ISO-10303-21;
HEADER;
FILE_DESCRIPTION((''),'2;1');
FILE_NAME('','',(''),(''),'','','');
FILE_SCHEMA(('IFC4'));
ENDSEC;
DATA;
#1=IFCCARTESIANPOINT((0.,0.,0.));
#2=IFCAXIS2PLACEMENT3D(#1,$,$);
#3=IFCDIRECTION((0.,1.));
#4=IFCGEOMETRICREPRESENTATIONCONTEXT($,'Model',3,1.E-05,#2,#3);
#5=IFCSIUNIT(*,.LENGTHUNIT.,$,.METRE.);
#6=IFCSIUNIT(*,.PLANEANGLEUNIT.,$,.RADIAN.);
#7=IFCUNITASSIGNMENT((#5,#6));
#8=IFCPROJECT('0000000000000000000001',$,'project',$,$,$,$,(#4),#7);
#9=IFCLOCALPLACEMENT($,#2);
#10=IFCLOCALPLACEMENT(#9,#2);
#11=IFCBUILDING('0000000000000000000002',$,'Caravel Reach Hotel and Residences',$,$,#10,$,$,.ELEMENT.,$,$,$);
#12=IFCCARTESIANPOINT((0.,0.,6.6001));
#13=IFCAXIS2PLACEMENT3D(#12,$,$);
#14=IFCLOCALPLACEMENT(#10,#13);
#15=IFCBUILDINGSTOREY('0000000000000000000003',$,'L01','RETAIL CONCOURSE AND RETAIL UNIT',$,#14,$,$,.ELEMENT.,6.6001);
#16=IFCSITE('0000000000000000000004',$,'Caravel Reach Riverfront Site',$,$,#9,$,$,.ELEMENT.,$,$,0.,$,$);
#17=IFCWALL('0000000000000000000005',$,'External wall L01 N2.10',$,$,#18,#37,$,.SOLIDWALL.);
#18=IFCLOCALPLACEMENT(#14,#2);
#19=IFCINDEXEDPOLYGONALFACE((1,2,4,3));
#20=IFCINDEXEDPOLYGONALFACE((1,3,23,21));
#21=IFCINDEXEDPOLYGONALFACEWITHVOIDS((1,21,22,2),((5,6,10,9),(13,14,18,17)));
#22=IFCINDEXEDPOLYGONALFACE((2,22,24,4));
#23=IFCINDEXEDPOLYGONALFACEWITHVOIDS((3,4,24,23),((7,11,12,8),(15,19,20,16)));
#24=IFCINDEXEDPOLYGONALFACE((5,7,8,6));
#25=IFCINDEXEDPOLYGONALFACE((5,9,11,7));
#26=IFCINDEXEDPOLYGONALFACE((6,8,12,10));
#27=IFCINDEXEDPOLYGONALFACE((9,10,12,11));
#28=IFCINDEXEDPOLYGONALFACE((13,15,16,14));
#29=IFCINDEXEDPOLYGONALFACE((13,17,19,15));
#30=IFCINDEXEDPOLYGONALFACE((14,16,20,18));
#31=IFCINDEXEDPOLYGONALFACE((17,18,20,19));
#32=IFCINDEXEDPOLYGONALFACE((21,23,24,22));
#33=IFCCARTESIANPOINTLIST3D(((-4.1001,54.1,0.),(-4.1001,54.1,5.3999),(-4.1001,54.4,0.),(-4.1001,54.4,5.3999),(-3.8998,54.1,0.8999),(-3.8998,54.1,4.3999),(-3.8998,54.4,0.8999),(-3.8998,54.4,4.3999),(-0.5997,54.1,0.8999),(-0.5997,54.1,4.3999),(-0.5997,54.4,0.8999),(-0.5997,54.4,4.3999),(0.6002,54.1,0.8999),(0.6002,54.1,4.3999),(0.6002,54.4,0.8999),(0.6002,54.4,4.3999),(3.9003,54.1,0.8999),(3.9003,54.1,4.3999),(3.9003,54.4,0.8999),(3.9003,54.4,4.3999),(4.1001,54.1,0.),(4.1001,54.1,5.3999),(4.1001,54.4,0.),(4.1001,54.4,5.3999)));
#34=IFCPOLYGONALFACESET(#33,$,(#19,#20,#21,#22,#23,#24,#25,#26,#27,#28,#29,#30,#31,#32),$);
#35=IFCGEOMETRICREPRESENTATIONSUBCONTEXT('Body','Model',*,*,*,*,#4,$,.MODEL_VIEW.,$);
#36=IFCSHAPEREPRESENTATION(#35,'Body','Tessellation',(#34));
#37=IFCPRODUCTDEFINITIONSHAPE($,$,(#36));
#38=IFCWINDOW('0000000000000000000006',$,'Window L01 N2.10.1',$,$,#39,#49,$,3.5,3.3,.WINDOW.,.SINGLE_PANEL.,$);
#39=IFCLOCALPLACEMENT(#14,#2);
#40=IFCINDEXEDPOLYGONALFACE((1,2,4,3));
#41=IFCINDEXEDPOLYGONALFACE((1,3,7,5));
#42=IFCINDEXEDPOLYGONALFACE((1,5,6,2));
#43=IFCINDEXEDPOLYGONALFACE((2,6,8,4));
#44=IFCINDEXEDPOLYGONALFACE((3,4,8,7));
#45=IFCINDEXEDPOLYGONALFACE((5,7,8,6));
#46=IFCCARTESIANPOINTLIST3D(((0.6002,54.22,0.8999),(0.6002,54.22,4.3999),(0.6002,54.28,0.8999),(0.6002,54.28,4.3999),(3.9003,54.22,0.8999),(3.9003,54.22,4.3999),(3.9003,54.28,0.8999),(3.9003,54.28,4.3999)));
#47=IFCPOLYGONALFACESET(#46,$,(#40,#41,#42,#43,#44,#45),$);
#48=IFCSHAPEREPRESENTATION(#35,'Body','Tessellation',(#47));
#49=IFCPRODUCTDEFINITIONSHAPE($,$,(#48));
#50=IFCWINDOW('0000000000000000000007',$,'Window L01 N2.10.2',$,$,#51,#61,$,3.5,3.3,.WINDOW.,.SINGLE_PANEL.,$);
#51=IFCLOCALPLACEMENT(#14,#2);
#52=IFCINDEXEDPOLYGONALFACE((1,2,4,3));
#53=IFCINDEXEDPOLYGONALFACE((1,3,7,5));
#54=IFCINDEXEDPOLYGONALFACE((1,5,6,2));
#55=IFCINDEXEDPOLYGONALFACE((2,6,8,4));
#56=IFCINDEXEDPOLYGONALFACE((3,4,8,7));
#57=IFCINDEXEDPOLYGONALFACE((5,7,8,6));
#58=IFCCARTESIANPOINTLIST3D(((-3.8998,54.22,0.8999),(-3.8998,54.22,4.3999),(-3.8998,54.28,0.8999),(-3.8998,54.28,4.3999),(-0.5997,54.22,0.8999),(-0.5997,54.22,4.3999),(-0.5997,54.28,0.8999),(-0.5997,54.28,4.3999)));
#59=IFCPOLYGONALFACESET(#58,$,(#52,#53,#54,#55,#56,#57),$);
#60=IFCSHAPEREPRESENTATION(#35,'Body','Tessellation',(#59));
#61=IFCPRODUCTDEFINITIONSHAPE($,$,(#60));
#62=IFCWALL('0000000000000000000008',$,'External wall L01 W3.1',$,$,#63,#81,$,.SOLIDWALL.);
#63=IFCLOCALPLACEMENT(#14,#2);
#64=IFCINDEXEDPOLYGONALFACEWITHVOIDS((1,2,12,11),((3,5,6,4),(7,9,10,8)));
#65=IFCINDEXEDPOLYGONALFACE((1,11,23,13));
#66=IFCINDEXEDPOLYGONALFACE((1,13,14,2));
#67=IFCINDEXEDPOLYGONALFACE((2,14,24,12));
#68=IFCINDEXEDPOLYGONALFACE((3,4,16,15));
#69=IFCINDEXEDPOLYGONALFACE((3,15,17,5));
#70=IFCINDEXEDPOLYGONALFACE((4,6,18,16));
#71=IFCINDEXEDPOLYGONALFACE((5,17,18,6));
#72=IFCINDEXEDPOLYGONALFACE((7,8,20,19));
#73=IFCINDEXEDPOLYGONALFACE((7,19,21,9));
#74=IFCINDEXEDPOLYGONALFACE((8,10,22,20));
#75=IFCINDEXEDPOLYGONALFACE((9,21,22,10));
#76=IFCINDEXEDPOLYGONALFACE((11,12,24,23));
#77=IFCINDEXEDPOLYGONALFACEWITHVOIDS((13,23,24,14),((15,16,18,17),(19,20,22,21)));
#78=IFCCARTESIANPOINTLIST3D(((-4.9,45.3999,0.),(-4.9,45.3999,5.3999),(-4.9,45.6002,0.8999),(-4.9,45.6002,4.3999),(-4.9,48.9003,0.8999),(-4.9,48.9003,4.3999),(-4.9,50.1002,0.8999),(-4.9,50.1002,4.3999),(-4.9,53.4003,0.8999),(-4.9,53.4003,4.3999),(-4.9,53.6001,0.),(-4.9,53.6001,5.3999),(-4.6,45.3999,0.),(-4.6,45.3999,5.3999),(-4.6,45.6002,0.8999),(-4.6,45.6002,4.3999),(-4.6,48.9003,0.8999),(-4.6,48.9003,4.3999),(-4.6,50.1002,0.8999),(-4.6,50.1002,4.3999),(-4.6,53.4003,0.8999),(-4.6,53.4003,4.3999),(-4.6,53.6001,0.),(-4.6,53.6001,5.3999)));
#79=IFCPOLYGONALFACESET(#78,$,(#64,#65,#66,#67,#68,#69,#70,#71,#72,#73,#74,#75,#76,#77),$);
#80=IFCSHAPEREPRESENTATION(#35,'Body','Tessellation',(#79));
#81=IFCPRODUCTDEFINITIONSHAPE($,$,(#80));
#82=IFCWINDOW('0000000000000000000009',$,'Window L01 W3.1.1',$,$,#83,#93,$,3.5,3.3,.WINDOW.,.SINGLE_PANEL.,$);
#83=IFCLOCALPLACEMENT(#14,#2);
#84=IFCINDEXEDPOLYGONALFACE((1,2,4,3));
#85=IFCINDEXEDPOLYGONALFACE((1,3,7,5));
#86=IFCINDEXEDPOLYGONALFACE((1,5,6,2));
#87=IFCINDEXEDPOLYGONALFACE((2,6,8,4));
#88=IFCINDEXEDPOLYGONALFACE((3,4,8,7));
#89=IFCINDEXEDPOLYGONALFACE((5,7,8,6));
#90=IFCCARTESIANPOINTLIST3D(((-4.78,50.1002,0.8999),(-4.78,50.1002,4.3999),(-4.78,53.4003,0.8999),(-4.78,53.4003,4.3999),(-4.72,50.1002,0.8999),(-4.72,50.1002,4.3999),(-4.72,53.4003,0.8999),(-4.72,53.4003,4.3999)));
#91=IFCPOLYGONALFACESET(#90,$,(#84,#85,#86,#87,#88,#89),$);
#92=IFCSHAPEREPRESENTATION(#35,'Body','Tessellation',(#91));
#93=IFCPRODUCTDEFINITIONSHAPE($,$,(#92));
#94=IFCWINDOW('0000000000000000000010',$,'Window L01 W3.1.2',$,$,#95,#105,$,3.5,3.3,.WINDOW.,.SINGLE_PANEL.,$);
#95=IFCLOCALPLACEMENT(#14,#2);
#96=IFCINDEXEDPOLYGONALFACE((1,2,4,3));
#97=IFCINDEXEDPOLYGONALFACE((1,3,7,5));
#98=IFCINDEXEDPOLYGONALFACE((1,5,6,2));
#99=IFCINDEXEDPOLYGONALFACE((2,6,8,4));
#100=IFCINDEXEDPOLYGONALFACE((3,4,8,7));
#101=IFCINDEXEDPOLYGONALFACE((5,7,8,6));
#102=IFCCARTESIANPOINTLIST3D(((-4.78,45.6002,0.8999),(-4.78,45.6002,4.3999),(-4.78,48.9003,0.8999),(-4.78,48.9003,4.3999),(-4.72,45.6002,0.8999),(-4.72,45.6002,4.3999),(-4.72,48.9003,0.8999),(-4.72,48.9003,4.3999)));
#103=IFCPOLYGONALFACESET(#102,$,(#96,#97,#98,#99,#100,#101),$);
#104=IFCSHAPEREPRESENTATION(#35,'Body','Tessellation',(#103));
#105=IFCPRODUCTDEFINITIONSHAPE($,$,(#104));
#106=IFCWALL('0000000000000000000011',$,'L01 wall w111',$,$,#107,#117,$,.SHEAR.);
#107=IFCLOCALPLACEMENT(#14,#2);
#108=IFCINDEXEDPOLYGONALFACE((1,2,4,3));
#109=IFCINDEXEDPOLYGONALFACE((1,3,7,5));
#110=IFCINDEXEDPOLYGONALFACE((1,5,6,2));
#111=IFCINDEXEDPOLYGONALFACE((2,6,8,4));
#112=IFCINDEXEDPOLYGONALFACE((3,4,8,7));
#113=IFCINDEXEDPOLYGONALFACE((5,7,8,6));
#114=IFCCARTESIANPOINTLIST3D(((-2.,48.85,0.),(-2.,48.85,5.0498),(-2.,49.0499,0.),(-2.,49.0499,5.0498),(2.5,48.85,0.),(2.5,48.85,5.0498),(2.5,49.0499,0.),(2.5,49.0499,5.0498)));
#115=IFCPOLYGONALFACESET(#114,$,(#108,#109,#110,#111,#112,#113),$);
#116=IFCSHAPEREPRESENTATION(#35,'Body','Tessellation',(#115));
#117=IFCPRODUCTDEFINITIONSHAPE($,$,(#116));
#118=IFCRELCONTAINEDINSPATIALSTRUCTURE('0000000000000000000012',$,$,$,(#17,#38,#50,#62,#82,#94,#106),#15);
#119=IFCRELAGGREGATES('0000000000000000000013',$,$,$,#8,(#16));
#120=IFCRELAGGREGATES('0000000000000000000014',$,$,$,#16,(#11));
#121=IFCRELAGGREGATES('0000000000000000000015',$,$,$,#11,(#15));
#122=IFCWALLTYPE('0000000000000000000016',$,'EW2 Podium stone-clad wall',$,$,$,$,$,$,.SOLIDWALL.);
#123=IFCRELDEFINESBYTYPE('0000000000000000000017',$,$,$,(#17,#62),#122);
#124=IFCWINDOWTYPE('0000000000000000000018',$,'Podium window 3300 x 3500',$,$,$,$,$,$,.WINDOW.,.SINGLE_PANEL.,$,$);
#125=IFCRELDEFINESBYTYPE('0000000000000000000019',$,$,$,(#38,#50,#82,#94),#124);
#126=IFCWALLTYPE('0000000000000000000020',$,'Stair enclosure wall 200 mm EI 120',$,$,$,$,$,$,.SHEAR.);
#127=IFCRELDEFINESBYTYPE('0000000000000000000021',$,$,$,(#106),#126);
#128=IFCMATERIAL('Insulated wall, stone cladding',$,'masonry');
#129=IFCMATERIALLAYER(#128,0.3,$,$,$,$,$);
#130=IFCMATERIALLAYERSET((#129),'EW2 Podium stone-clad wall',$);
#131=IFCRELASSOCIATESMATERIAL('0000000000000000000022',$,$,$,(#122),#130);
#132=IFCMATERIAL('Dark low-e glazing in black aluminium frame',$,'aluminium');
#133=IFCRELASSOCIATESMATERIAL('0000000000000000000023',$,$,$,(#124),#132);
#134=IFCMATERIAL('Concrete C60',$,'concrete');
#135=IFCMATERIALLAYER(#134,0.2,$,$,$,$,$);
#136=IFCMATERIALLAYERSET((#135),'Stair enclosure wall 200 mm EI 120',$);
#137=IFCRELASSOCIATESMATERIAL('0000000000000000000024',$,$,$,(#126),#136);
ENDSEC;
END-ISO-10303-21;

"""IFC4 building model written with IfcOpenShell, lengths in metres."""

from ifc_helpers import new_model, si_unit, direction, frame, frame_2d, origin, place, context, subcontext, project, spatial, rectangle, extrude, material, layer, layer_set, type_object, element, fill, save


model = new_model("IFC4")

# Units and contexts
model_context = context("Model", 3, precision=1e-05, world=origin(), true_north=direction((0.0, 1.0)))
body_context = subcontext(model_context, "Body", "Model", "MODEL_VIEW")
ifc_project = project(units=[si_unit("LENGTHUNIT", "METRE"), si_unit("PLANEANGLEUNIT", "RADIAN")], contexts=[model_context])

# Site, building, storey
site_placement = place(None, origin())
site = spatial("IfcSite", under=ifc_project, at=site_placement, Name="Caravel Reach Riverfront Site", CompositionType="ELEMENT", RefElevation=0.0)
building_placement = place(site_placement, origin())
building = spatial("IfcBuilding", under=site, at=building_placement, Name="Caravel Reach Hotel and Residences", CompositionType="ELEMENT")
storey_placement = place(building_placement, frame((0.0, 0.0, 6.6001)))
storey = spatial("IfcBuildingStorey", under=building, at=storey_placement, Name="L01", Description="RETAIL CONCOURSE AND RETAIL UNIT", CompositionType="ELEMENT", Elevation=6.6001)

# Walls, openings, windows
ifc_material_1 = material(Name="Insulated wall, stone cladding", Category="masonry")
ifc_layer_1 = layer(ifc_material_1, 0.3)
ifc_layer_set_1 = layer_set([ifc_layer_1], Name="EW2 Podium stone-clad wall")
wall_type_1 = type_object("IfcWallType", Name="EW2 Podium stone-clad wall", PredefinedType="SOLIDWALL", material=ifc_layer_set_1)
wall_1_placement = place(storey_placement, frame((4.1001, 54.25, 0.0), z_axis=(0.0, 0.0, 1.0), x_axis=(-1.0, 0.0, 0.0)))
wall_1 = element("IfcWall", 1, at=wall_1_placement, inside=storey, type_object=wall_type_1, Name="External wall L01 N2.10", PredefinedType="SOLIDWALL", context=body_context, shape_type="SweptSolid", body=[
    extrude(rectangle(XDim=8.2002, YDim=0.3, at=frame_2d((4.1001, 0.0))), origin(), (0.0, 0.0, 1.0), 5.3999),
])
opening_1_placement = place(wall_1_placement, frame((0.2, 0.0, 0.8999)))
opening_1 = element("IfcOpeningElement", 2, at=opening_1_placement, cuts=wall_1, PredefinedType="OPENING", context=body_context, shape_type="SweptSolid", body=[
    extrude(rectangle(XDim=3.3, YDim=3.5, at=frame_2d((1.6499, 1.75))), frame((0.0, 0.1599, 0.0), z_axis=(0.0, -1.0, 0.0), x_axis=(1.0, 0.0, 0.0)), (0.0, 0.0, 1.0), 0.3201),
])
opening_2_placement = place(wall_1_placement, frame((4.7, 0.0, 0.8999)))
opening_2 = element("IfcOpeningElement", 3, at=opening_2_placement, cuts=wall_1, PredefinedType="OPENING", context=body_context, shape_type="SweptSolid", body=[
    extrude(rectangle(XDim=3.3, YDim=3.5, at=frame_2d((1.6499, 1.75))), frame((0.0, 0.1599, 0.0), z_axis=(0.0, -1.0, 0.0), x_axis=(1.0, 0.0, 0.0)), (0.0, 0.0, 1.0), 0.3201),
])
ifc_material_2 = material(Name="Dark low-e glazing in black aluminium frame", Category="aluminium")
window_type = type_object("IfcWindowType", Name="Podium window 3300 x 3500", PartitioningType="SINGLE_PANEL", PredefinedType="WINDOW", material=ifc_material_2)
window_1_placement = place(opening_1_placement, origin())
window_1 = element("IfcWindow", 4, at=window_1_placement, inside=storey, type_object=window_type, Name="Window L01 N2.10.1", OverallHeight=3.5, OverallWidth=3.3, PartitioningType="SINGLE_PANEL", PredefinedType="WINDOW", context=body_context, shape_type="SweptSolid", body=[
    extrude(rectangle(XDim=3.3, YDim=3.5, at=frame_2d((1.6499, 1.75))), frame((0.0, 0.03, 0.0), z_axis=(0.0, -1.0, 0.0), x_axis=(1.0, 0.0, 0.0)), (0.0, 0.0, 1.0), 0.0601),
])
fill(opening_1, window_1)
window_2_placement = place(opening_2_placement, origin())
window_2 = element("IfcWindow", 5, at=window_2_placement, inside=storey, type_object=window_type, Name="Window L01 N2.10.2", OverallHeight=3.5, OverallWidth=3.3, PartitioningType="SINGLE_PANEL", PredefinedType="WINDOW", context=body_context, shape_type="SweptSolid", body=[
    extrude(rectangle(XDim=3.3, YDim=3.5, at=frame_2d((1.6499, 1.75))), frame((0.0, 0.03, 0.0), z_axis=(0.0, -1.0, 0.0), x_axis=(1.0, 0.0, 0.0)), (0.0, 0.0, 1.0), 0.0601),
])
fill(opening_2, window_2)
wall_2_placement = place(storey_placement, frame((-4.75, 53.6001, 0.0), z_axis=(0.0, 0.0, 1.0), x_axis=(0.0, -1.0, 0.0)))
wall_2 = element("IfcWall", 6, at=wall_2_placement, inside=storey, type_object=wall_type_1, Name="External wall L01 W3.1", PredefinedType="SOLIDWALL", context=body_context, shape_type="SweptSolid", body=[
    extrude(rectangle(XDim=8.2002, YDim=0.3, at=frame_2d((4.1001, 0.0))), origin(), (0.0, 0.0, 1.0), 5.3999),
])
opening_3_placement = place(wall_2_placement, frame((0.2, 0.0, 0.8999)))
opening_3 = element("IfcOpeningElement", 7, at=opening_3_placement, cuts=wall_2, PredefinedType="OPENING", context=body_context, shape_type="SweptSolid", body=[
    extrude(rectangle(XDim=3.3, YDim=3.5, at=frame_2d((1.6499, 1.75))), frame((0.0, 0.1599, 0.0), z_axis=(0.0, -1.0, 0.0), x_axis=(1.0, 0.0, 0.0)), (0.0, 0.0, 1.0), 0.3201),
])
opening_4_placement = place(wall_2_placement, frame((4.7, 0.0, 0.8999)))
opening_4 = element("IfcOpeningElement", 8, at=opening_4_placement, cuts=wall_2, PredefinedType="OPENING", context=body_context, shape_type="SweptSolid", body=[
    extrude(rectangle(XDim=3.3, YDim=3.5, at=frame_2d((1.6499, 1.75))), frame((0.0, 0.1599, 0.0), z_axis=(0.0, -1.0, 0.0), x_axis=(1.0, 0.0, 0.0)), (0.0, 0.0, 1.0), 0.3201),
])
window_3_placement = place(opening_3_placement, origin())
window_3 = element("IfcWindow", 9, at=window_3_placement, inside=storey, type_object=window_type, Name="Window L01 W3.1.1", OverallHeight=3.5, OverallWidth=3.3, PartitioningType="SINGLE_PANEL", PredefinedType="WINDOW", context=body_context, shape_type="SweptSolid", body=[
    extrude(rectangle(XDim=3.3, YDim=3.5, at=frame_2d((1.6499, 1.75))), frame((0.0, 0.03, 0.0), z_axis=(0.0, -1.0, 0.0), x_axis=(1.0, 0.0, 0.0)), (0.0, 0.0, 1.0), 0.0601),
])
fill(opening_3, window_3)
window_4_placement = place(opening_4_placement, origin())
window_4 = element("IfcWindow", 10, at=window_4_placement, inside=storey, type_object=window_type, Name="Window L01 W3.1.2", OverallHeight=3.5, OverallWidth=3.3, PartitioningType="SINGLE_PANEL", PredefinedType="WINDOW", context=body_context, shape_type="SweptSolid", body=[
    extrude(rectangle(XDim=3.3, YDim=3.5, at=frame_2d((1.6499, 1.75))), frame((0.0, 0.03, 0.0), z_axis=(0.0, -1.0, 0.0), x_axis=(1.0, 0.0, 0.0)), (0.0, 0.0, 1.0), 0.0601),
])
fill(opening_4, window_4)

# Wall
ifc_material_3 = material(Name="Concrete C60", Category="concrete")
ifc_layer_2 = layer(ifc_material_3, 0.2)
ifc_layer_set_2 = layer_set([ifc_layer_2], Name="Stair enclosure wall 200 mm EI 120")
wall_type_2 = type_object("IfcWallType", Name="Stair enclosure wall 200 mm EI 120", PredefinedType="SHEAR", material=ifc_layer_set_2)
wall_3_placement = place(storey_placement, frame((-2.0, 48.95, 0.0), z_axis=(0.0, 0.0, 1.0), x_axis=(1.0, 0.0, 0.0)))
element("IfcWall", 11, at=wall_3_placement, inside=storey, type_object=wall_type_2, Name="L01 wall w111", PredefinedType="SHEAR", context=body_context, shape_type="SweptSolid", body=[
    extrude(rectangle(XDim=4.5, YDim=0.2, at=frame_2d((2.25, 0.0))), origin(), (0.0, 0.0, 1.0), 5.0498),
])

save(model, "model.ifc")
